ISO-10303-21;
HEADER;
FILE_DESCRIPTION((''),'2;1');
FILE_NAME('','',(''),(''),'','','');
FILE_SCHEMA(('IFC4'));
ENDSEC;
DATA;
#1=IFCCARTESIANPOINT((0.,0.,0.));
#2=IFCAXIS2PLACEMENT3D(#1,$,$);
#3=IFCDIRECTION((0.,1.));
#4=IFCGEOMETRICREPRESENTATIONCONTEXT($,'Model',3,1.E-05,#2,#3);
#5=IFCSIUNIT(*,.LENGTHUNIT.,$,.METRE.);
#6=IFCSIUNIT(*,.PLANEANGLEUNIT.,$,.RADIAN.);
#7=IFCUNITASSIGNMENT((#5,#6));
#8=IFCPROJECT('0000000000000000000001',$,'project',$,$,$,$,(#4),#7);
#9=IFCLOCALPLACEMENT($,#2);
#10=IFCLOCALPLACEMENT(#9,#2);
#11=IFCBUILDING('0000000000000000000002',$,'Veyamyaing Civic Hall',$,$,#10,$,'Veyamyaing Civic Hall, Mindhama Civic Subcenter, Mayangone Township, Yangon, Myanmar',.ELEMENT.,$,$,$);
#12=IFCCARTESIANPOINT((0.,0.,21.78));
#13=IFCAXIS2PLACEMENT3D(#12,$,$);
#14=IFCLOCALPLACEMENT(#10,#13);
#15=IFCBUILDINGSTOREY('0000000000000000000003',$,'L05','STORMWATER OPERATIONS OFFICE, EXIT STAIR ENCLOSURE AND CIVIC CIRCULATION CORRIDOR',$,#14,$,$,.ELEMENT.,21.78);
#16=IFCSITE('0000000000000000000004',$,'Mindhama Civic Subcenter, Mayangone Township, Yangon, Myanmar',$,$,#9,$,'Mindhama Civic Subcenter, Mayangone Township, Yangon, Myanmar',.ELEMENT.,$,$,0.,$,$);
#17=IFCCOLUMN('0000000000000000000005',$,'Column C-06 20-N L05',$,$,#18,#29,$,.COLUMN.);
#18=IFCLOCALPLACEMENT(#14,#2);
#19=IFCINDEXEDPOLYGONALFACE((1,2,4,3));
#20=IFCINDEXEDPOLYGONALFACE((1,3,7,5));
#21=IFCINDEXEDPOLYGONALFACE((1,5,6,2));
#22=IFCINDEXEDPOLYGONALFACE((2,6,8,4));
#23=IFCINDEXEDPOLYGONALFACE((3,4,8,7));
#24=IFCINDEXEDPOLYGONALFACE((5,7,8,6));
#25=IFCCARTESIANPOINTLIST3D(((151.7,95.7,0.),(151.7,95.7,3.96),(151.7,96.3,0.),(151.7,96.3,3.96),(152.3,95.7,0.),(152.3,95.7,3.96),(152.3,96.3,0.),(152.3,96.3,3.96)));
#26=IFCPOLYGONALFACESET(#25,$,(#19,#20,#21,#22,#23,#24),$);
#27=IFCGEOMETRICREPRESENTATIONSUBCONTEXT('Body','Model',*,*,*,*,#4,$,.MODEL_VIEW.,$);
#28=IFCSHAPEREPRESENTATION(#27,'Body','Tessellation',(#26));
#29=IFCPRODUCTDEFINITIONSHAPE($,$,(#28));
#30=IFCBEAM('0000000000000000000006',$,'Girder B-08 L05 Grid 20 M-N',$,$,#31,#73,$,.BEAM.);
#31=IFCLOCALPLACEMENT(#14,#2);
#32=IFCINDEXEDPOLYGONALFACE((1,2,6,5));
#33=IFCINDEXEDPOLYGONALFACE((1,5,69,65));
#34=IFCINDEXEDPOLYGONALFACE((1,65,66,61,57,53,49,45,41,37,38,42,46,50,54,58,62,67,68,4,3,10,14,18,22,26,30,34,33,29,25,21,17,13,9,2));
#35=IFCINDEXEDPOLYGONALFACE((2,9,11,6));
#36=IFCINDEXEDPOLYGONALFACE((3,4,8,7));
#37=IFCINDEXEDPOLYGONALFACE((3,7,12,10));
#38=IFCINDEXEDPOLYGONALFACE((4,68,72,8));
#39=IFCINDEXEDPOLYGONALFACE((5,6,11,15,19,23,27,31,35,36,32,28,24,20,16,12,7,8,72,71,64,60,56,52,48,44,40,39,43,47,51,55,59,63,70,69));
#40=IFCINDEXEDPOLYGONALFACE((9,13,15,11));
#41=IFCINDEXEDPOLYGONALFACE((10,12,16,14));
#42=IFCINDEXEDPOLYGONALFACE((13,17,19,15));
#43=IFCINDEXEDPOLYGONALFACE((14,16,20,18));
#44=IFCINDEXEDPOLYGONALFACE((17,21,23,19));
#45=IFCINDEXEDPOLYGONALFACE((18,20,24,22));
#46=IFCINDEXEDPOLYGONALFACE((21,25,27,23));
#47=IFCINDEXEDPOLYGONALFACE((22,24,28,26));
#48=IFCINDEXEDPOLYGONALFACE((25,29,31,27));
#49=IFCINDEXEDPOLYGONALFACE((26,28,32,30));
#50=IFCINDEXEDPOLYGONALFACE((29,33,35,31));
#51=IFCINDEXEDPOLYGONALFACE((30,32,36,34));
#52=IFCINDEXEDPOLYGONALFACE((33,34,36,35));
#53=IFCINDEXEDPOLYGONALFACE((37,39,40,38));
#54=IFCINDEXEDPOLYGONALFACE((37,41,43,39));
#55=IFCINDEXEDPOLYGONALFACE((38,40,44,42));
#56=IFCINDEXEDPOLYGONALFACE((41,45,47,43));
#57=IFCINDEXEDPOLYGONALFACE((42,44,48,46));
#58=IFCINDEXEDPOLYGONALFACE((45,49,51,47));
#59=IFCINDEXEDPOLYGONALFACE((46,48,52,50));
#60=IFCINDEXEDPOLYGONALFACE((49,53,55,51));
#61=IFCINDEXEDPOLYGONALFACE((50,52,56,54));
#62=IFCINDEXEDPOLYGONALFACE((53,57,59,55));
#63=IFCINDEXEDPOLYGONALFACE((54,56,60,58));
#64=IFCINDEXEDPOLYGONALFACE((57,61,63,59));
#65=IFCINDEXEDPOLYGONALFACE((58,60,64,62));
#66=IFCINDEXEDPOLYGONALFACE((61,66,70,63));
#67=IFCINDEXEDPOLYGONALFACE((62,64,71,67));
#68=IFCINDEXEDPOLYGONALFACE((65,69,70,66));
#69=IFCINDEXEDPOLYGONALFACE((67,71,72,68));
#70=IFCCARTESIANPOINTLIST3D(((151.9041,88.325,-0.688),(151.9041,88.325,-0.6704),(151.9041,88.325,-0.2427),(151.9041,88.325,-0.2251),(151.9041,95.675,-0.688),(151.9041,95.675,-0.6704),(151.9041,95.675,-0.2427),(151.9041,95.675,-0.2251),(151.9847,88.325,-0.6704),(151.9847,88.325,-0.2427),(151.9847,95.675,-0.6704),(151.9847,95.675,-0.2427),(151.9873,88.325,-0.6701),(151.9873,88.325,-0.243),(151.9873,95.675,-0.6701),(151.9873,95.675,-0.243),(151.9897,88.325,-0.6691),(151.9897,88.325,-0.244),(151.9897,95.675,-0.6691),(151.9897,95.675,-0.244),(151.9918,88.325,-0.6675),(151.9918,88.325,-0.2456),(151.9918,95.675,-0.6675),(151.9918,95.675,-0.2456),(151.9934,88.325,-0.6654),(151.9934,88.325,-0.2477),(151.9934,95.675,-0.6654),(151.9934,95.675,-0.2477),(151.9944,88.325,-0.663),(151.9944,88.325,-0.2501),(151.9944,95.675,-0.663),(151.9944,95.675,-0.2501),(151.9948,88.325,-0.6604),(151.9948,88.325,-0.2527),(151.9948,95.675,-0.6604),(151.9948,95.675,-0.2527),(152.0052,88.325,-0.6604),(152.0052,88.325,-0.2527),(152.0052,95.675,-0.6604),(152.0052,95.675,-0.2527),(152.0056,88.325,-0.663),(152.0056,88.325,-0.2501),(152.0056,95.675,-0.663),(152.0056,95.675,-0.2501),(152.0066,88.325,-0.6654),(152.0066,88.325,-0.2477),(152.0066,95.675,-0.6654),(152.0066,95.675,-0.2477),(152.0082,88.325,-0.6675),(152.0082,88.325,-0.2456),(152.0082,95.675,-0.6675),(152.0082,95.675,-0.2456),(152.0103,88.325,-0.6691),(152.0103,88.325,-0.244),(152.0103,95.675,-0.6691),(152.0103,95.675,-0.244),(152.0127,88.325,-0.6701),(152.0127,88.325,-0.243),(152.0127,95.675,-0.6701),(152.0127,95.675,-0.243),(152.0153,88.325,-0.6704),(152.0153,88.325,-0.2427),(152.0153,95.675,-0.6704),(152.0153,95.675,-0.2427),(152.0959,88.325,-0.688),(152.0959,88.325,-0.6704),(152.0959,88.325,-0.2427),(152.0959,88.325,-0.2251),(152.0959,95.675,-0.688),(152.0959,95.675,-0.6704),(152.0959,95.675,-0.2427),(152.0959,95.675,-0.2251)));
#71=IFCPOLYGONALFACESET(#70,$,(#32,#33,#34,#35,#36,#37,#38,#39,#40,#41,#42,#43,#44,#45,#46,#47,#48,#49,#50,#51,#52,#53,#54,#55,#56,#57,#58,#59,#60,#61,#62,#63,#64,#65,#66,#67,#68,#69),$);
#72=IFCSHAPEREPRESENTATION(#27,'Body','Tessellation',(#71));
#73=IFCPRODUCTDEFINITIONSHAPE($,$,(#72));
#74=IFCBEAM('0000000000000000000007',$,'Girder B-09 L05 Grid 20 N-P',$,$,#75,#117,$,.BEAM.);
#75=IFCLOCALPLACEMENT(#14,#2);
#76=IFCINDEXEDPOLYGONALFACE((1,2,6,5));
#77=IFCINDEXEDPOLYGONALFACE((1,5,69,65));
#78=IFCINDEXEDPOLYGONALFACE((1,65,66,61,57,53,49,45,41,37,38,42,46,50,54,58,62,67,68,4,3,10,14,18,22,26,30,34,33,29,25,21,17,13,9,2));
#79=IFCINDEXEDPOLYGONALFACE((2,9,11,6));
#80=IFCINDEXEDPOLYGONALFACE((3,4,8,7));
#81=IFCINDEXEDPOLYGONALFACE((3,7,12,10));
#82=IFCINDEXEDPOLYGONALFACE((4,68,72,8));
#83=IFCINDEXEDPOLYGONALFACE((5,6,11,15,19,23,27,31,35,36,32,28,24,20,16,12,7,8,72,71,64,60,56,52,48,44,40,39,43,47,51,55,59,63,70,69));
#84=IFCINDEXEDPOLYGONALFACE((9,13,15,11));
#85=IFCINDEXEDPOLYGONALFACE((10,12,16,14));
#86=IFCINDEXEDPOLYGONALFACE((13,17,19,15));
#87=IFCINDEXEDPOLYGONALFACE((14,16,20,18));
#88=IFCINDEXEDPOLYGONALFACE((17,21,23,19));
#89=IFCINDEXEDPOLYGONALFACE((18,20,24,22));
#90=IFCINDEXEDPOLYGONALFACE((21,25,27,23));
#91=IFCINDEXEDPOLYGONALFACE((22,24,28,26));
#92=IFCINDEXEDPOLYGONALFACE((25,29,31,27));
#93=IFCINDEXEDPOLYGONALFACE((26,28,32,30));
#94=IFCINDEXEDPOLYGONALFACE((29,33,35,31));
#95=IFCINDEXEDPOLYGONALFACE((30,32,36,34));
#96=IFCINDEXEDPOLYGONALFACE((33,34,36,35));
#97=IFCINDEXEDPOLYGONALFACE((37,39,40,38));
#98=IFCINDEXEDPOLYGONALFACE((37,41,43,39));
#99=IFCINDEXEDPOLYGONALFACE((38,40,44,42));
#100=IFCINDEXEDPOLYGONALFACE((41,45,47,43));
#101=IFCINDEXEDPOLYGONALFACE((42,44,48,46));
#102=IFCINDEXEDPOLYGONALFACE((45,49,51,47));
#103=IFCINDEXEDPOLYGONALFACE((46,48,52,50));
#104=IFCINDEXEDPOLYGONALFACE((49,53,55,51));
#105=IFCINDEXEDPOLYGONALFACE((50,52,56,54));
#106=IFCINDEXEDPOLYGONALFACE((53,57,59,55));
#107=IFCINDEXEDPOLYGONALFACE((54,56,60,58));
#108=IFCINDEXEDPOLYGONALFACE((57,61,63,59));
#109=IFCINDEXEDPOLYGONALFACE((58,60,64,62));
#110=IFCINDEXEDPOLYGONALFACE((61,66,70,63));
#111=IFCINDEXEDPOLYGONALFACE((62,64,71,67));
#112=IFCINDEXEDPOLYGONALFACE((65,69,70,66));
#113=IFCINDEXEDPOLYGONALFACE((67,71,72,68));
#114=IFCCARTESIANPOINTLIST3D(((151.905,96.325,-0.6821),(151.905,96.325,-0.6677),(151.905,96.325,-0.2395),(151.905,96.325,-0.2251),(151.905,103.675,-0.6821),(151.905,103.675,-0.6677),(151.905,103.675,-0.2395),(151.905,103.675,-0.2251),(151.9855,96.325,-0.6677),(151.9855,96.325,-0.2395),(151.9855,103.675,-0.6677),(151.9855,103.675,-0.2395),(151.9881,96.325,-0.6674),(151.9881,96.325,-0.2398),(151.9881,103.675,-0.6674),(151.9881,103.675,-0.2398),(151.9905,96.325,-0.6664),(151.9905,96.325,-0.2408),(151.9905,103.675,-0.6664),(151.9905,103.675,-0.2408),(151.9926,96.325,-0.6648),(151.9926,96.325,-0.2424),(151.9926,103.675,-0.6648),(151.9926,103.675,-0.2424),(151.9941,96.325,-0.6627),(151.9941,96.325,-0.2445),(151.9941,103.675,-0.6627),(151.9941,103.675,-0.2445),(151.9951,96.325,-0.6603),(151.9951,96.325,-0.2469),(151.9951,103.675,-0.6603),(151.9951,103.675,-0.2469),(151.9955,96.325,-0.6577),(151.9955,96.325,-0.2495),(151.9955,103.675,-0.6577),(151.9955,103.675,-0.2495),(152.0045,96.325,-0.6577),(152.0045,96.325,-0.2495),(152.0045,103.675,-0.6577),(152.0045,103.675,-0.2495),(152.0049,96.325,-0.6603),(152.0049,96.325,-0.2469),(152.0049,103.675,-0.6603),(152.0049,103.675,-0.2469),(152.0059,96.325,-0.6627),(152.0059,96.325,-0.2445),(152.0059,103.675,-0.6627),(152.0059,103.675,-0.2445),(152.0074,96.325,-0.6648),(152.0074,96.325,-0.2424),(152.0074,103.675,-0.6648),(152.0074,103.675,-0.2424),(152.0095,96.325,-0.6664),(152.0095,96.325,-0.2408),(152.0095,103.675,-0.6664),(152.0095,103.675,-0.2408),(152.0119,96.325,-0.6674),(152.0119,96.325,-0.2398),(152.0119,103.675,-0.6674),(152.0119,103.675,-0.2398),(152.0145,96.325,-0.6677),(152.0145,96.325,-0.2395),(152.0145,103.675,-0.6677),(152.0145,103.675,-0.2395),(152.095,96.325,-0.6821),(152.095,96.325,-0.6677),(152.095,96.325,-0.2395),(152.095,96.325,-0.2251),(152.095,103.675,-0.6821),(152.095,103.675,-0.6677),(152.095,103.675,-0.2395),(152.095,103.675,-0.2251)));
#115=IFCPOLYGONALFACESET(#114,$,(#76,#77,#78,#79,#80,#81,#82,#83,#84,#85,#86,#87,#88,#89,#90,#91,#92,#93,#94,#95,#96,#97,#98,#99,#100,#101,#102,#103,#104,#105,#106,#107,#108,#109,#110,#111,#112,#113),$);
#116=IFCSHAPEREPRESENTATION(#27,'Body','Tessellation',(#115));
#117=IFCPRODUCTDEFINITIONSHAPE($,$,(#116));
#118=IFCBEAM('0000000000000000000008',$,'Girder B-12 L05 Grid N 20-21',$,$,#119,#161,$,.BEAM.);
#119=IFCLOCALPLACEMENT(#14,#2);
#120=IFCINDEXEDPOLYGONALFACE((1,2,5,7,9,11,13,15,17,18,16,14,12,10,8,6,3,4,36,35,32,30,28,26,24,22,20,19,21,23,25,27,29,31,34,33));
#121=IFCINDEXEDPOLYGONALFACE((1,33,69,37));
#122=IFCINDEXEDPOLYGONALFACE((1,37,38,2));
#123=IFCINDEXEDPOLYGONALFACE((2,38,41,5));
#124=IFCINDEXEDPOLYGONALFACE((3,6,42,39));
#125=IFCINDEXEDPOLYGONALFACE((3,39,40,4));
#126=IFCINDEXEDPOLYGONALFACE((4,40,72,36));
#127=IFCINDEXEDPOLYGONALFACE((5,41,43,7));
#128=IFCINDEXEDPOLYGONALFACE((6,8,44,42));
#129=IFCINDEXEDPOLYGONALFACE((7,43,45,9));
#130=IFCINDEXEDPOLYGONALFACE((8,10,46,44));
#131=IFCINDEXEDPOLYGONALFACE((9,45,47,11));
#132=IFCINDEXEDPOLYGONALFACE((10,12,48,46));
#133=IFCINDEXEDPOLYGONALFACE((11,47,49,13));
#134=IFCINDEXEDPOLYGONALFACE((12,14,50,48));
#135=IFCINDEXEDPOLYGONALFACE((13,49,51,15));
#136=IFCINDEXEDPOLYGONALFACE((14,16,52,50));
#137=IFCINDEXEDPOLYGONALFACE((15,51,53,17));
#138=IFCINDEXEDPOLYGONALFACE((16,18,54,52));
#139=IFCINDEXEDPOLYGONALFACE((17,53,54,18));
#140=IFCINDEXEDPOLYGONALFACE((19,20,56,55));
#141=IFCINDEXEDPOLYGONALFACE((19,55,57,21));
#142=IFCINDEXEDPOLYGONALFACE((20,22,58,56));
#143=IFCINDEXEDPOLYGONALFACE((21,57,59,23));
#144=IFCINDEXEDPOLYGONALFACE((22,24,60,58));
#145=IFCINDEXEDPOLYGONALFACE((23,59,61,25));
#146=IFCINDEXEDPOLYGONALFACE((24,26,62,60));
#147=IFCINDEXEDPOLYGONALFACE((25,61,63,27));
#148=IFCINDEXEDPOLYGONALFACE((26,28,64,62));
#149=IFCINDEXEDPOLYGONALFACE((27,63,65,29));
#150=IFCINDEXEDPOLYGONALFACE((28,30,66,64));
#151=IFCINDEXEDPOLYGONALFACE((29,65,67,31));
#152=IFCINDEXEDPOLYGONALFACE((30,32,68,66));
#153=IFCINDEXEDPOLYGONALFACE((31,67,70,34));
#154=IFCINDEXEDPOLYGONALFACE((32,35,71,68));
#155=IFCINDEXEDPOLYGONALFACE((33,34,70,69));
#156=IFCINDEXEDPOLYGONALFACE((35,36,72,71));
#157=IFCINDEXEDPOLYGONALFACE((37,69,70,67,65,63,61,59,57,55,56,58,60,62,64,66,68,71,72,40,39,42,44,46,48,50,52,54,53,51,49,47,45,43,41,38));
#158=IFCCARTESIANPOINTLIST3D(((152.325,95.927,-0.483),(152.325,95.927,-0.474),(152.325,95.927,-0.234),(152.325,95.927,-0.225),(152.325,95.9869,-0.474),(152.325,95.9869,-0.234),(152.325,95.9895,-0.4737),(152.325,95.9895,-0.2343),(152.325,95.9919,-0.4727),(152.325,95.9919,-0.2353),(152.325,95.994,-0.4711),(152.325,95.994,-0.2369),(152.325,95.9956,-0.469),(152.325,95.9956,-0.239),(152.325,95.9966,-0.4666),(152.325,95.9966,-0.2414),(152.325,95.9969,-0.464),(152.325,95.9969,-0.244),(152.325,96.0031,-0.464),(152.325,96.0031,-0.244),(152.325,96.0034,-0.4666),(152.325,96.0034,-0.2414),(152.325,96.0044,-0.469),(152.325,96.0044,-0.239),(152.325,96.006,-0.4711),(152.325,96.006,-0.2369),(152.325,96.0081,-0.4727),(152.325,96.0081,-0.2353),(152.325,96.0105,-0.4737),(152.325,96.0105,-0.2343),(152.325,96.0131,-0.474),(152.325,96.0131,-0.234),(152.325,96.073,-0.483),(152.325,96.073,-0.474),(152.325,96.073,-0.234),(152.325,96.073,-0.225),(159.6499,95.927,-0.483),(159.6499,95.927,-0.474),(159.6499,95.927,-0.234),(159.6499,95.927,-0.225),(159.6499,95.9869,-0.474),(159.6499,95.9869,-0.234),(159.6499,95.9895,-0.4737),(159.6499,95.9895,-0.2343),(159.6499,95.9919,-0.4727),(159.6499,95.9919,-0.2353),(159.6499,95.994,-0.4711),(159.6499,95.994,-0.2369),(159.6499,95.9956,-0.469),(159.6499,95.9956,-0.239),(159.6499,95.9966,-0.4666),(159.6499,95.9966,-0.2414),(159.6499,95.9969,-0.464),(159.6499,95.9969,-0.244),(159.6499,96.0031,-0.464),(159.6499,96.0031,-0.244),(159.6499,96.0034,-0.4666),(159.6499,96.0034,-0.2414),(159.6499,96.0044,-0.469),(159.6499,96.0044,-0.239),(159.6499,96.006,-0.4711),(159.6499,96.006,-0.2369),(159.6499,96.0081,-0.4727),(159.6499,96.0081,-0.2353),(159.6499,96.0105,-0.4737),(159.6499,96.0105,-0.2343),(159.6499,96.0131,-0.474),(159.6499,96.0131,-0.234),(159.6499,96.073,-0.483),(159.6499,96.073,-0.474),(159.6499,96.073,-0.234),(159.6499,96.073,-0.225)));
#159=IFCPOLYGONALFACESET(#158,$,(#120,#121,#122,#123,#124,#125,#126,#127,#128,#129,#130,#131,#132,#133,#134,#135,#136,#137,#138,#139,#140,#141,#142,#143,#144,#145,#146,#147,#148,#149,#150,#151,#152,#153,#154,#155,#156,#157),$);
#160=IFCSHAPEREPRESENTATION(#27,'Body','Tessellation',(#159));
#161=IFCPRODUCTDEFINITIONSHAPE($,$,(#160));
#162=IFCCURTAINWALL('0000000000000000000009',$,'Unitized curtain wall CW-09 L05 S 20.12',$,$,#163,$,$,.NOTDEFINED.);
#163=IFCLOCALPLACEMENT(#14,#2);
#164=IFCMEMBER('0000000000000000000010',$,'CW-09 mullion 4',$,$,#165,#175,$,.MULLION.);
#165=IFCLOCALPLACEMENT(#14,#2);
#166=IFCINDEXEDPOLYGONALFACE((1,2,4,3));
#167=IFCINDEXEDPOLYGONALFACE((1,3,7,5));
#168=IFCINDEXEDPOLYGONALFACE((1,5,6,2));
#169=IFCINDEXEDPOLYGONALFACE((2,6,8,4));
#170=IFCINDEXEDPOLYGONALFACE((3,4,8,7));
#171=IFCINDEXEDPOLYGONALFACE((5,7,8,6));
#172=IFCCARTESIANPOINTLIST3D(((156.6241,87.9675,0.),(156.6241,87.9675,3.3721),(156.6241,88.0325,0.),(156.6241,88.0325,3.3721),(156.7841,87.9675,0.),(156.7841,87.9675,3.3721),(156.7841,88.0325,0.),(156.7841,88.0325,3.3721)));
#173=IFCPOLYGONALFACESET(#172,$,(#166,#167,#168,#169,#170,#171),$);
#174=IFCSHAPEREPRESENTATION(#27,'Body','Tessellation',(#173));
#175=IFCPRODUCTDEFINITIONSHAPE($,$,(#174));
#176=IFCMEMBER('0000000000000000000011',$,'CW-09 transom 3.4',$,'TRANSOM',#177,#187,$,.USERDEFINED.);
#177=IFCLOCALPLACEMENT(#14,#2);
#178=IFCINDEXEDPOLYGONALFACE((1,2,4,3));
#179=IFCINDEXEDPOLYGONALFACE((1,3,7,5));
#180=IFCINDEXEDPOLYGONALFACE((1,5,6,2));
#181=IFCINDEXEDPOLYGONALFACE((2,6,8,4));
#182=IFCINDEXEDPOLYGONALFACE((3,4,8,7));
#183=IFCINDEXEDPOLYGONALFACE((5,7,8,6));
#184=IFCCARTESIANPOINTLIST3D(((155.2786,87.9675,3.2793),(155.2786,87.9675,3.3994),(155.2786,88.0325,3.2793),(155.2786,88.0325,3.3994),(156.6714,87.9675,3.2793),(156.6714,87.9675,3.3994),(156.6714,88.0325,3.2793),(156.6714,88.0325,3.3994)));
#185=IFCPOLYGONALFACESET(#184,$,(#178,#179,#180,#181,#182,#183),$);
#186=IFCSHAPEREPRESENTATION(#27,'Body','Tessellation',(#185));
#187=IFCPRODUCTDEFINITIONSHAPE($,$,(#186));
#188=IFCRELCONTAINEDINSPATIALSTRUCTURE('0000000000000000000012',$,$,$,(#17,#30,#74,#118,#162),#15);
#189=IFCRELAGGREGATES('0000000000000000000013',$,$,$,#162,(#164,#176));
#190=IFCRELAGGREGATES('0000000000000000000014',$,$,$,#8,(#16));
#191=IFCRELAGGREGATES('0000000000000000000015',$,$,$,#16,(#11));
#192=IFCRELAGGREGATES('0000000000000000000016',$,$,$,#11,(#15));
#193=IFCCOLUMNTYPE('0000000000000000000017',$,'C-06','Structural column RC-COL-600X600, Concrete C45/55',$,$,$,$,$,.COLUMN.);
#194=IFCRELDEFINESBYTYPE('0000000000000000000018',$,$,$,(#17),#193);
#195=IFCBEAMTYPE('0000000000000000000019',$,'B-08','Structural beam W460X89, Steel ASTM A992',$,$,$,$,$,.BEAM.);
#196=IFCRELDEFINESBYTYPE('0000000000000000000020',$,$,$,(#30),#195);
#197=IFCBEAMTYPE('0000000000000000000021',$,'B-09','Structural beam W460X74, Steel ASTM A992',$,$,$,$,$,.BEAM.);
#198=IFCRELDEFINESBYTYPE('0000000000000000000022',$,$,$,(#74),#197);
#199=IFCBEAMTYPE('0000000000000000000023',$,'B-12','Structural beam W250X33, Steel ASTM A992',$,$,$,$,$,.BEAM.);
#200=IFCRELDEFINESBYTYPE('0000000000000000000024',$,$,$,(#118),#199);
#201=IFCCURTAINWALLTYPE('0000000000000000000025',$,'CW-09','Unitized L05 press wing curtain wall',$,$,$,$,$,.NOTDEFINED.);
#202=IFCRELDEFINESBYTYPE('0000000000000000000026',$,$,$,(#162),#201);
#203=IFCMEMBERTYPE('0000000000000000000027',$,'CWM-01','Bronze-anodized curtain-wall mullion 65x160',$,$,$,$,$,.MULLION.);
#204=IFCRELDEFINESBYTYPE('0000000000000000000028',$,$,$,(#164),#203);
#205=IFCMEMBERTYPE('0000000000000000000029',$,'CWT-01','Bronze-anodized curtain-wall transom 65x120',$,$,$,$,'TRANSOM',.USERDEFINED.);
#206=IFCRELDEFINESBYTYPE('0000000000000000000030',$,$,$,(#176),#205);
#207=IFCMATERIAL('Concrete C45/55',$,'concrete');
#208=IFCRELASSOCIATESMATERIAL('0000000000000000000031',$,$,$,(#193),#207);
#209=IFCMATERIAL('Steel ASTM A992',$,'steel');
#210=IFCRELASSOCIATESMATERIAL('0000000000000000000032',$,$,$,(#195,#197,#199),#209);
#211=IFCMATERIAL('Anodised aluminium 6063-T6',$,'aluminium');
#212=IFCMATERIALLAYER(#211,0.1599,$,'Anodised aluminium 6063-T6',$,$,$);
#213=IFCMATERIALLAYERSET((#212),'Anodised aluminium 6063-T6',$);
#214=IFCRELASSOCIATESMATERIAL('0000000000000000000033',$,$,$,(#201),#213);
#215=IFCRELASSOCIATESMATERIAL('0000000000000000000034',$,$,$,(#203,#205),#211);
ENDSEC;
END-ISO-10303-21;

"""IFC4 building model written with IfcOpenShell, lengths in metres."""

from ifc_helpers import new_model, si_unit, direction, frame, origin, origin_2d, place, context, subcontext, project, spatial, rectangle, i_section, extrude, material, layer, layer_set, material_profile, profile_set, type_object, element, aggregate, save


model = new_model("IFC4")

# Units and contexts
model_context = context("Model", 3, precision=1e-05, world=origin(), true_north=direction((0.0, 1.0)))
body_context = subcontext(model_context, "Body", "Model", "MODEL_VIEW")
ifc_project = project(units=[si_unit("LENGTHUNIT", "METRE"), si_unit("PLANEANGLEUNIT", "RADIAN")], contexts=[model_context])

# Site, building, storey
site_placement = place(None, origin())
site = spatial("IfcSite", under=ifc_project, at=site_placement, Name="Mindhama Civic Subcenter, Mayangone Township, Yangon, Myanmar", LongName="Mindhama Civic Subcenter, Mayangone Township, Yangon, Myanmar", CompositionType="ELEMENT", RefElevation=0.0)
building_placement = place(site_placement, origin())
building = spatial("IfcBuilding", under=site, at=building_placement, Name="Veyamyaing Civic Hall", LongName="Veyamyaing Civic Hall, Mindhama Civic Subcenter, Mayangone Township, Yangon, Myanmar", CompositionType="ELEMENT")
storey_placement = place(building_placement, frame((0.0, 0.0, 21.78)))
storey = spatial("IfcBuildingStorey", under=building, at=storey_placement, Name="L05", Description="STORMWATER OPERATIONS OFFICE, EXIT STAIR ENCLOSURE AND CIVIC CIRCULATION CORRIDOR", CompositionType="ELEMENT", Elevation=21.78)

# Column
ifc_material_1 = material(Name="Concrete C45/55", Category="concrete")
ifc_material_profile_1 = material_profile(ifc_material_1, rectangle(XDim=0.6001, YDim=0.6001, at=origin_2d()), Name="RC-COL-600X600")
ifc_profile_set_1 = profile_set([ifc_material_profile_1], Name="Concrete C45/55")
column_type = type_object("IfcColumnType", Name="C-06", Description="Structural column RC-COL-600X600, Concrete C45/55", PredefinedType="COLUMN", material=ifc_profile_set_1)
column_placement = place(storey_placement, frame((152.0, 96.0, 0.0), z_axis=(0.0, 0.0, 1.0), x_axis=(1.0, 0.0, 0.0)))
element("IfcColumn", 1, at=column_placement, inside=storey, type_object=column_type, Name="Column C-06 20-N L05", PredefinedType="COLUMN", context=body_context, shape_type="SweptSolid", body=[
    extrude(rectangle(XDim=0.6001, YDim=0.6001, at=origin_2d()), origin(), (0.0, 0.0, 1.0), 3.96),
])

# Beams
ifc_material_2 = material(Name="Steel ASTM A992", Category="steel")
ifc_material_profile_2 = material_profile(ifc_material_2, i_section(OverallWidth=0.1919, OverallDepth=0.4629, WebThickness=0.0105, FlangeThickness=0.0176, FilletRadius=0.01, at=origin_2d()), Name="W460X89")
ifc_profile_set_2 = profile_set([ifc_material_profile_2], Name="Steel ASTM A992")
beam_type_1 = type_object("IfcBeamType", Name="B-08", Description="Structural beam W460X89, Steel ASTM A992", PredefinedType="BEAM", material=ifc_profile_set_2)
beam_1_placement = place(storey_placement, frame((152.0, 88.325, -0.4565), z_axis=(0.0, 1.0, 0.0), x_axis=(-1.0, 0.0, 0.0)))
element("IfcBeam", 2, at=beam_1_placement, inside=storey, type_object=beam_type_1, Name="Girder B-08 L05 Grid 20 M-N", PredefinedType="BEAM", context=body_context, shape_type="SweptSolid", body=[
    extrude(i_section(OverallWidth=0.1919, OverallDepth=0.4629, WebThickness=0.0105, FlangeThickness=0.0176, FilletRadius=0.01, at=origin_2d()), origin(), (0.0, 0.0, 1.0), 7.3501),
])
ifc_material_profile_3 = material_profile(ifc_material_2, i_section(OverallWidth=0.1899, OverallDepth=0.457, WebThickness=0.009, FlangeThickness=0.0144, FilletRadius=0.01, at=origin_2d()), Name="W460X74")
ifc_profile_set_3 = profile_set([ifc_material_profile_3], Name="Steel ASTM A992")
beam_type_2 = type_object("IfcBeamType", Name="B-09", Description="Structural beam W460X74, Steel ASTM A992", PredefinedType="BEAM", material=ifc_profile_set_3)
beam_2_placement = place(storey_placement, frame((152.0, 96.325, -0.4536), z_axis=(0.0, 1.0, 0.0), x_axis=(-1.0, 0.0, 0.0)))
element("IfcBeam", 3, at=beam_2_placement, inside=storey, type_object=beam_type_2, Name="Girder B-09 L05 Grid 20 N-P", PredefinedType="BEAM", context=body_context, shape_type="SweptSolid", body=[
    extrude(i_section(OverallWidth=0.1899, OverallDepth=0.457, WebThickness=0.009, FlangeThickness=0.0144, FilletRadius=0.01, at=origin_2d()), origin(), (0.0, 0.0, 1.0), 7.3501),
])
ifc_material_profile_4 = material_profile(ifc_material_2, i_section(OverallWidth=0.146, OverallDepth=0.2581, WebThickness=0.0061, FlangeThickness=0.009, FilletRadius=0.01, at=origin_2d()), Name="W250X33")
ifc_profile_set_4 = profile_set([ifc_material_profile_4], Name="Steel ASTM A992")
beam_type_3 = type_object("IfcBeamType", Name="B-12", Description="Structural beam W250X33, Steel ASTM A992", PredefinedType="BEAM", material=ifc_profile_set_4)
beam_3_placement = place(storey_placement, frame((152.325, 96.0, -0.354), z_axis=(1.0, 0.0, 0.0), x_axis=(0.0, 1.0, 0.0)))
element("IfcBeam", 4, at=beam_3_placement, inside=storey, type_object=beam_type_3, Name="Girder B-12 L05 Grid N 20-21", PredefinedType="BEAM", context=body_context, shape_type="SweptSolid", body=[
    extrude(i_section(OverallWidth=0.146, OverallDepth=0.2581, WebThickness=0.0061, FlangeThickness=0.009, FilletRadius=0.01, at=origin_2d()), origin(), (0.0, 0.0, 1.0), 7.325),
])

# Curtain wall, members
ifc_material_3 = material(Name="Anodised aluminium 6063-T6", Category="aluminium")
ifc_layer_1 = layer(ifc_material_3, 0.1599, Name="Anodised aluminium 6063-T6")
ifc_layer_set_1 = layer_set([ifc_layer_1], Name="Anodised aluminium 6063-T6")
curtain_wall_type = type_object("IfcCurtainWallType", Name="CW-09", Description="Unitized L05 press wing curtain wall", PredefinedType="NOTDEFINED", material=ifc_layer_set_1)
curtain_wall_placement = place(storey_placement, origin())
curtain_wall = element("IfcCurtainWall", 5, at=curtain_wall_placement, inside=storey, type_object=curtain_wall_type, Name="Unitized curtain wall CW-09 L05 S 20.12", PredefinedType="NOTDEFINED")
ifc_material_profile_5 = material_profile(ifc_material_3, rectangle(XDim=0.0649, YDim=0.1599, at=origin_2d()), Name="ALU-MUL-65X160")
ifc_profile_set_5 = profile_set([ifc_material_profile_5], Name="Anodised aluminium 6063-T6")
member_type_1 = type_object("IfcMemberType", Name="CWM-01", Description="Bronze-anodized curtain-wall mullion 65x160", PredefinedType="MULLION", material=ifc_profile_set_5)
member_1_placement = place(storey_placement, frame((156.7041, 88.0, 0.0), z_axis=(0.0, 0.0, 1.0), x_axis=(0.0, 1.0, 0.0)))
member_1 = element("IfcMember", 6, at=member_1_placement, type_object=member_type_1, Name="CW-09 mullion 4", PredefinedType="MULLION", context=body_context, shape_type="SweptSolid", body=[
    extrude(rectangle(XDim=0.0649, YDim=0.1599, at=origin_2d()), origin(), (0.0, 0.0, 1.0), 3.3721),
])
ifc_material_profile_6 = material_profile(ifc_material_3, rectangle(XDim=0.0649, YDim=0.1201, at=origin_2d()), Name="ALU-TRN-65X120")
ifc_profile_set_6 = profile_set([ifc_material_profile_6], Name="Anodised aluminium 6063-T6")
member_type_2 = type_object("IfcMemberType", Name="CWT-01", Description="Bronze-anodized curtain-wall transom 65x120", ElementType="TRANSOM", PredefinedType="USERDEFINED", material=ifc_profile_set_6)
member_2_placement = place(storey_placement, frame((155.2786, 88.0, 3.3394), z_axis=(1.0, 0.0, 0.0), x_axis=(0.0, 1.0, 0.0)))
member_2 = element("IfcMember", 7, at=member_2_placement, type_object=member_type_2, Name="CW-09 transom 3.4", ObjectType="TRANSOM", PredefinedType="USERDEFINED", context=body_context, shape_type="SweptSolid", body=[
    extrude(rectangle(XDim=0.0649, YDim=0.1201, at=origin_2d()), origin(), (0.0, 0.0, 1.0), 1.3928),
])

aggregate(curtain_wall, [member_1, member_2])

save(model, "model.ifc")
